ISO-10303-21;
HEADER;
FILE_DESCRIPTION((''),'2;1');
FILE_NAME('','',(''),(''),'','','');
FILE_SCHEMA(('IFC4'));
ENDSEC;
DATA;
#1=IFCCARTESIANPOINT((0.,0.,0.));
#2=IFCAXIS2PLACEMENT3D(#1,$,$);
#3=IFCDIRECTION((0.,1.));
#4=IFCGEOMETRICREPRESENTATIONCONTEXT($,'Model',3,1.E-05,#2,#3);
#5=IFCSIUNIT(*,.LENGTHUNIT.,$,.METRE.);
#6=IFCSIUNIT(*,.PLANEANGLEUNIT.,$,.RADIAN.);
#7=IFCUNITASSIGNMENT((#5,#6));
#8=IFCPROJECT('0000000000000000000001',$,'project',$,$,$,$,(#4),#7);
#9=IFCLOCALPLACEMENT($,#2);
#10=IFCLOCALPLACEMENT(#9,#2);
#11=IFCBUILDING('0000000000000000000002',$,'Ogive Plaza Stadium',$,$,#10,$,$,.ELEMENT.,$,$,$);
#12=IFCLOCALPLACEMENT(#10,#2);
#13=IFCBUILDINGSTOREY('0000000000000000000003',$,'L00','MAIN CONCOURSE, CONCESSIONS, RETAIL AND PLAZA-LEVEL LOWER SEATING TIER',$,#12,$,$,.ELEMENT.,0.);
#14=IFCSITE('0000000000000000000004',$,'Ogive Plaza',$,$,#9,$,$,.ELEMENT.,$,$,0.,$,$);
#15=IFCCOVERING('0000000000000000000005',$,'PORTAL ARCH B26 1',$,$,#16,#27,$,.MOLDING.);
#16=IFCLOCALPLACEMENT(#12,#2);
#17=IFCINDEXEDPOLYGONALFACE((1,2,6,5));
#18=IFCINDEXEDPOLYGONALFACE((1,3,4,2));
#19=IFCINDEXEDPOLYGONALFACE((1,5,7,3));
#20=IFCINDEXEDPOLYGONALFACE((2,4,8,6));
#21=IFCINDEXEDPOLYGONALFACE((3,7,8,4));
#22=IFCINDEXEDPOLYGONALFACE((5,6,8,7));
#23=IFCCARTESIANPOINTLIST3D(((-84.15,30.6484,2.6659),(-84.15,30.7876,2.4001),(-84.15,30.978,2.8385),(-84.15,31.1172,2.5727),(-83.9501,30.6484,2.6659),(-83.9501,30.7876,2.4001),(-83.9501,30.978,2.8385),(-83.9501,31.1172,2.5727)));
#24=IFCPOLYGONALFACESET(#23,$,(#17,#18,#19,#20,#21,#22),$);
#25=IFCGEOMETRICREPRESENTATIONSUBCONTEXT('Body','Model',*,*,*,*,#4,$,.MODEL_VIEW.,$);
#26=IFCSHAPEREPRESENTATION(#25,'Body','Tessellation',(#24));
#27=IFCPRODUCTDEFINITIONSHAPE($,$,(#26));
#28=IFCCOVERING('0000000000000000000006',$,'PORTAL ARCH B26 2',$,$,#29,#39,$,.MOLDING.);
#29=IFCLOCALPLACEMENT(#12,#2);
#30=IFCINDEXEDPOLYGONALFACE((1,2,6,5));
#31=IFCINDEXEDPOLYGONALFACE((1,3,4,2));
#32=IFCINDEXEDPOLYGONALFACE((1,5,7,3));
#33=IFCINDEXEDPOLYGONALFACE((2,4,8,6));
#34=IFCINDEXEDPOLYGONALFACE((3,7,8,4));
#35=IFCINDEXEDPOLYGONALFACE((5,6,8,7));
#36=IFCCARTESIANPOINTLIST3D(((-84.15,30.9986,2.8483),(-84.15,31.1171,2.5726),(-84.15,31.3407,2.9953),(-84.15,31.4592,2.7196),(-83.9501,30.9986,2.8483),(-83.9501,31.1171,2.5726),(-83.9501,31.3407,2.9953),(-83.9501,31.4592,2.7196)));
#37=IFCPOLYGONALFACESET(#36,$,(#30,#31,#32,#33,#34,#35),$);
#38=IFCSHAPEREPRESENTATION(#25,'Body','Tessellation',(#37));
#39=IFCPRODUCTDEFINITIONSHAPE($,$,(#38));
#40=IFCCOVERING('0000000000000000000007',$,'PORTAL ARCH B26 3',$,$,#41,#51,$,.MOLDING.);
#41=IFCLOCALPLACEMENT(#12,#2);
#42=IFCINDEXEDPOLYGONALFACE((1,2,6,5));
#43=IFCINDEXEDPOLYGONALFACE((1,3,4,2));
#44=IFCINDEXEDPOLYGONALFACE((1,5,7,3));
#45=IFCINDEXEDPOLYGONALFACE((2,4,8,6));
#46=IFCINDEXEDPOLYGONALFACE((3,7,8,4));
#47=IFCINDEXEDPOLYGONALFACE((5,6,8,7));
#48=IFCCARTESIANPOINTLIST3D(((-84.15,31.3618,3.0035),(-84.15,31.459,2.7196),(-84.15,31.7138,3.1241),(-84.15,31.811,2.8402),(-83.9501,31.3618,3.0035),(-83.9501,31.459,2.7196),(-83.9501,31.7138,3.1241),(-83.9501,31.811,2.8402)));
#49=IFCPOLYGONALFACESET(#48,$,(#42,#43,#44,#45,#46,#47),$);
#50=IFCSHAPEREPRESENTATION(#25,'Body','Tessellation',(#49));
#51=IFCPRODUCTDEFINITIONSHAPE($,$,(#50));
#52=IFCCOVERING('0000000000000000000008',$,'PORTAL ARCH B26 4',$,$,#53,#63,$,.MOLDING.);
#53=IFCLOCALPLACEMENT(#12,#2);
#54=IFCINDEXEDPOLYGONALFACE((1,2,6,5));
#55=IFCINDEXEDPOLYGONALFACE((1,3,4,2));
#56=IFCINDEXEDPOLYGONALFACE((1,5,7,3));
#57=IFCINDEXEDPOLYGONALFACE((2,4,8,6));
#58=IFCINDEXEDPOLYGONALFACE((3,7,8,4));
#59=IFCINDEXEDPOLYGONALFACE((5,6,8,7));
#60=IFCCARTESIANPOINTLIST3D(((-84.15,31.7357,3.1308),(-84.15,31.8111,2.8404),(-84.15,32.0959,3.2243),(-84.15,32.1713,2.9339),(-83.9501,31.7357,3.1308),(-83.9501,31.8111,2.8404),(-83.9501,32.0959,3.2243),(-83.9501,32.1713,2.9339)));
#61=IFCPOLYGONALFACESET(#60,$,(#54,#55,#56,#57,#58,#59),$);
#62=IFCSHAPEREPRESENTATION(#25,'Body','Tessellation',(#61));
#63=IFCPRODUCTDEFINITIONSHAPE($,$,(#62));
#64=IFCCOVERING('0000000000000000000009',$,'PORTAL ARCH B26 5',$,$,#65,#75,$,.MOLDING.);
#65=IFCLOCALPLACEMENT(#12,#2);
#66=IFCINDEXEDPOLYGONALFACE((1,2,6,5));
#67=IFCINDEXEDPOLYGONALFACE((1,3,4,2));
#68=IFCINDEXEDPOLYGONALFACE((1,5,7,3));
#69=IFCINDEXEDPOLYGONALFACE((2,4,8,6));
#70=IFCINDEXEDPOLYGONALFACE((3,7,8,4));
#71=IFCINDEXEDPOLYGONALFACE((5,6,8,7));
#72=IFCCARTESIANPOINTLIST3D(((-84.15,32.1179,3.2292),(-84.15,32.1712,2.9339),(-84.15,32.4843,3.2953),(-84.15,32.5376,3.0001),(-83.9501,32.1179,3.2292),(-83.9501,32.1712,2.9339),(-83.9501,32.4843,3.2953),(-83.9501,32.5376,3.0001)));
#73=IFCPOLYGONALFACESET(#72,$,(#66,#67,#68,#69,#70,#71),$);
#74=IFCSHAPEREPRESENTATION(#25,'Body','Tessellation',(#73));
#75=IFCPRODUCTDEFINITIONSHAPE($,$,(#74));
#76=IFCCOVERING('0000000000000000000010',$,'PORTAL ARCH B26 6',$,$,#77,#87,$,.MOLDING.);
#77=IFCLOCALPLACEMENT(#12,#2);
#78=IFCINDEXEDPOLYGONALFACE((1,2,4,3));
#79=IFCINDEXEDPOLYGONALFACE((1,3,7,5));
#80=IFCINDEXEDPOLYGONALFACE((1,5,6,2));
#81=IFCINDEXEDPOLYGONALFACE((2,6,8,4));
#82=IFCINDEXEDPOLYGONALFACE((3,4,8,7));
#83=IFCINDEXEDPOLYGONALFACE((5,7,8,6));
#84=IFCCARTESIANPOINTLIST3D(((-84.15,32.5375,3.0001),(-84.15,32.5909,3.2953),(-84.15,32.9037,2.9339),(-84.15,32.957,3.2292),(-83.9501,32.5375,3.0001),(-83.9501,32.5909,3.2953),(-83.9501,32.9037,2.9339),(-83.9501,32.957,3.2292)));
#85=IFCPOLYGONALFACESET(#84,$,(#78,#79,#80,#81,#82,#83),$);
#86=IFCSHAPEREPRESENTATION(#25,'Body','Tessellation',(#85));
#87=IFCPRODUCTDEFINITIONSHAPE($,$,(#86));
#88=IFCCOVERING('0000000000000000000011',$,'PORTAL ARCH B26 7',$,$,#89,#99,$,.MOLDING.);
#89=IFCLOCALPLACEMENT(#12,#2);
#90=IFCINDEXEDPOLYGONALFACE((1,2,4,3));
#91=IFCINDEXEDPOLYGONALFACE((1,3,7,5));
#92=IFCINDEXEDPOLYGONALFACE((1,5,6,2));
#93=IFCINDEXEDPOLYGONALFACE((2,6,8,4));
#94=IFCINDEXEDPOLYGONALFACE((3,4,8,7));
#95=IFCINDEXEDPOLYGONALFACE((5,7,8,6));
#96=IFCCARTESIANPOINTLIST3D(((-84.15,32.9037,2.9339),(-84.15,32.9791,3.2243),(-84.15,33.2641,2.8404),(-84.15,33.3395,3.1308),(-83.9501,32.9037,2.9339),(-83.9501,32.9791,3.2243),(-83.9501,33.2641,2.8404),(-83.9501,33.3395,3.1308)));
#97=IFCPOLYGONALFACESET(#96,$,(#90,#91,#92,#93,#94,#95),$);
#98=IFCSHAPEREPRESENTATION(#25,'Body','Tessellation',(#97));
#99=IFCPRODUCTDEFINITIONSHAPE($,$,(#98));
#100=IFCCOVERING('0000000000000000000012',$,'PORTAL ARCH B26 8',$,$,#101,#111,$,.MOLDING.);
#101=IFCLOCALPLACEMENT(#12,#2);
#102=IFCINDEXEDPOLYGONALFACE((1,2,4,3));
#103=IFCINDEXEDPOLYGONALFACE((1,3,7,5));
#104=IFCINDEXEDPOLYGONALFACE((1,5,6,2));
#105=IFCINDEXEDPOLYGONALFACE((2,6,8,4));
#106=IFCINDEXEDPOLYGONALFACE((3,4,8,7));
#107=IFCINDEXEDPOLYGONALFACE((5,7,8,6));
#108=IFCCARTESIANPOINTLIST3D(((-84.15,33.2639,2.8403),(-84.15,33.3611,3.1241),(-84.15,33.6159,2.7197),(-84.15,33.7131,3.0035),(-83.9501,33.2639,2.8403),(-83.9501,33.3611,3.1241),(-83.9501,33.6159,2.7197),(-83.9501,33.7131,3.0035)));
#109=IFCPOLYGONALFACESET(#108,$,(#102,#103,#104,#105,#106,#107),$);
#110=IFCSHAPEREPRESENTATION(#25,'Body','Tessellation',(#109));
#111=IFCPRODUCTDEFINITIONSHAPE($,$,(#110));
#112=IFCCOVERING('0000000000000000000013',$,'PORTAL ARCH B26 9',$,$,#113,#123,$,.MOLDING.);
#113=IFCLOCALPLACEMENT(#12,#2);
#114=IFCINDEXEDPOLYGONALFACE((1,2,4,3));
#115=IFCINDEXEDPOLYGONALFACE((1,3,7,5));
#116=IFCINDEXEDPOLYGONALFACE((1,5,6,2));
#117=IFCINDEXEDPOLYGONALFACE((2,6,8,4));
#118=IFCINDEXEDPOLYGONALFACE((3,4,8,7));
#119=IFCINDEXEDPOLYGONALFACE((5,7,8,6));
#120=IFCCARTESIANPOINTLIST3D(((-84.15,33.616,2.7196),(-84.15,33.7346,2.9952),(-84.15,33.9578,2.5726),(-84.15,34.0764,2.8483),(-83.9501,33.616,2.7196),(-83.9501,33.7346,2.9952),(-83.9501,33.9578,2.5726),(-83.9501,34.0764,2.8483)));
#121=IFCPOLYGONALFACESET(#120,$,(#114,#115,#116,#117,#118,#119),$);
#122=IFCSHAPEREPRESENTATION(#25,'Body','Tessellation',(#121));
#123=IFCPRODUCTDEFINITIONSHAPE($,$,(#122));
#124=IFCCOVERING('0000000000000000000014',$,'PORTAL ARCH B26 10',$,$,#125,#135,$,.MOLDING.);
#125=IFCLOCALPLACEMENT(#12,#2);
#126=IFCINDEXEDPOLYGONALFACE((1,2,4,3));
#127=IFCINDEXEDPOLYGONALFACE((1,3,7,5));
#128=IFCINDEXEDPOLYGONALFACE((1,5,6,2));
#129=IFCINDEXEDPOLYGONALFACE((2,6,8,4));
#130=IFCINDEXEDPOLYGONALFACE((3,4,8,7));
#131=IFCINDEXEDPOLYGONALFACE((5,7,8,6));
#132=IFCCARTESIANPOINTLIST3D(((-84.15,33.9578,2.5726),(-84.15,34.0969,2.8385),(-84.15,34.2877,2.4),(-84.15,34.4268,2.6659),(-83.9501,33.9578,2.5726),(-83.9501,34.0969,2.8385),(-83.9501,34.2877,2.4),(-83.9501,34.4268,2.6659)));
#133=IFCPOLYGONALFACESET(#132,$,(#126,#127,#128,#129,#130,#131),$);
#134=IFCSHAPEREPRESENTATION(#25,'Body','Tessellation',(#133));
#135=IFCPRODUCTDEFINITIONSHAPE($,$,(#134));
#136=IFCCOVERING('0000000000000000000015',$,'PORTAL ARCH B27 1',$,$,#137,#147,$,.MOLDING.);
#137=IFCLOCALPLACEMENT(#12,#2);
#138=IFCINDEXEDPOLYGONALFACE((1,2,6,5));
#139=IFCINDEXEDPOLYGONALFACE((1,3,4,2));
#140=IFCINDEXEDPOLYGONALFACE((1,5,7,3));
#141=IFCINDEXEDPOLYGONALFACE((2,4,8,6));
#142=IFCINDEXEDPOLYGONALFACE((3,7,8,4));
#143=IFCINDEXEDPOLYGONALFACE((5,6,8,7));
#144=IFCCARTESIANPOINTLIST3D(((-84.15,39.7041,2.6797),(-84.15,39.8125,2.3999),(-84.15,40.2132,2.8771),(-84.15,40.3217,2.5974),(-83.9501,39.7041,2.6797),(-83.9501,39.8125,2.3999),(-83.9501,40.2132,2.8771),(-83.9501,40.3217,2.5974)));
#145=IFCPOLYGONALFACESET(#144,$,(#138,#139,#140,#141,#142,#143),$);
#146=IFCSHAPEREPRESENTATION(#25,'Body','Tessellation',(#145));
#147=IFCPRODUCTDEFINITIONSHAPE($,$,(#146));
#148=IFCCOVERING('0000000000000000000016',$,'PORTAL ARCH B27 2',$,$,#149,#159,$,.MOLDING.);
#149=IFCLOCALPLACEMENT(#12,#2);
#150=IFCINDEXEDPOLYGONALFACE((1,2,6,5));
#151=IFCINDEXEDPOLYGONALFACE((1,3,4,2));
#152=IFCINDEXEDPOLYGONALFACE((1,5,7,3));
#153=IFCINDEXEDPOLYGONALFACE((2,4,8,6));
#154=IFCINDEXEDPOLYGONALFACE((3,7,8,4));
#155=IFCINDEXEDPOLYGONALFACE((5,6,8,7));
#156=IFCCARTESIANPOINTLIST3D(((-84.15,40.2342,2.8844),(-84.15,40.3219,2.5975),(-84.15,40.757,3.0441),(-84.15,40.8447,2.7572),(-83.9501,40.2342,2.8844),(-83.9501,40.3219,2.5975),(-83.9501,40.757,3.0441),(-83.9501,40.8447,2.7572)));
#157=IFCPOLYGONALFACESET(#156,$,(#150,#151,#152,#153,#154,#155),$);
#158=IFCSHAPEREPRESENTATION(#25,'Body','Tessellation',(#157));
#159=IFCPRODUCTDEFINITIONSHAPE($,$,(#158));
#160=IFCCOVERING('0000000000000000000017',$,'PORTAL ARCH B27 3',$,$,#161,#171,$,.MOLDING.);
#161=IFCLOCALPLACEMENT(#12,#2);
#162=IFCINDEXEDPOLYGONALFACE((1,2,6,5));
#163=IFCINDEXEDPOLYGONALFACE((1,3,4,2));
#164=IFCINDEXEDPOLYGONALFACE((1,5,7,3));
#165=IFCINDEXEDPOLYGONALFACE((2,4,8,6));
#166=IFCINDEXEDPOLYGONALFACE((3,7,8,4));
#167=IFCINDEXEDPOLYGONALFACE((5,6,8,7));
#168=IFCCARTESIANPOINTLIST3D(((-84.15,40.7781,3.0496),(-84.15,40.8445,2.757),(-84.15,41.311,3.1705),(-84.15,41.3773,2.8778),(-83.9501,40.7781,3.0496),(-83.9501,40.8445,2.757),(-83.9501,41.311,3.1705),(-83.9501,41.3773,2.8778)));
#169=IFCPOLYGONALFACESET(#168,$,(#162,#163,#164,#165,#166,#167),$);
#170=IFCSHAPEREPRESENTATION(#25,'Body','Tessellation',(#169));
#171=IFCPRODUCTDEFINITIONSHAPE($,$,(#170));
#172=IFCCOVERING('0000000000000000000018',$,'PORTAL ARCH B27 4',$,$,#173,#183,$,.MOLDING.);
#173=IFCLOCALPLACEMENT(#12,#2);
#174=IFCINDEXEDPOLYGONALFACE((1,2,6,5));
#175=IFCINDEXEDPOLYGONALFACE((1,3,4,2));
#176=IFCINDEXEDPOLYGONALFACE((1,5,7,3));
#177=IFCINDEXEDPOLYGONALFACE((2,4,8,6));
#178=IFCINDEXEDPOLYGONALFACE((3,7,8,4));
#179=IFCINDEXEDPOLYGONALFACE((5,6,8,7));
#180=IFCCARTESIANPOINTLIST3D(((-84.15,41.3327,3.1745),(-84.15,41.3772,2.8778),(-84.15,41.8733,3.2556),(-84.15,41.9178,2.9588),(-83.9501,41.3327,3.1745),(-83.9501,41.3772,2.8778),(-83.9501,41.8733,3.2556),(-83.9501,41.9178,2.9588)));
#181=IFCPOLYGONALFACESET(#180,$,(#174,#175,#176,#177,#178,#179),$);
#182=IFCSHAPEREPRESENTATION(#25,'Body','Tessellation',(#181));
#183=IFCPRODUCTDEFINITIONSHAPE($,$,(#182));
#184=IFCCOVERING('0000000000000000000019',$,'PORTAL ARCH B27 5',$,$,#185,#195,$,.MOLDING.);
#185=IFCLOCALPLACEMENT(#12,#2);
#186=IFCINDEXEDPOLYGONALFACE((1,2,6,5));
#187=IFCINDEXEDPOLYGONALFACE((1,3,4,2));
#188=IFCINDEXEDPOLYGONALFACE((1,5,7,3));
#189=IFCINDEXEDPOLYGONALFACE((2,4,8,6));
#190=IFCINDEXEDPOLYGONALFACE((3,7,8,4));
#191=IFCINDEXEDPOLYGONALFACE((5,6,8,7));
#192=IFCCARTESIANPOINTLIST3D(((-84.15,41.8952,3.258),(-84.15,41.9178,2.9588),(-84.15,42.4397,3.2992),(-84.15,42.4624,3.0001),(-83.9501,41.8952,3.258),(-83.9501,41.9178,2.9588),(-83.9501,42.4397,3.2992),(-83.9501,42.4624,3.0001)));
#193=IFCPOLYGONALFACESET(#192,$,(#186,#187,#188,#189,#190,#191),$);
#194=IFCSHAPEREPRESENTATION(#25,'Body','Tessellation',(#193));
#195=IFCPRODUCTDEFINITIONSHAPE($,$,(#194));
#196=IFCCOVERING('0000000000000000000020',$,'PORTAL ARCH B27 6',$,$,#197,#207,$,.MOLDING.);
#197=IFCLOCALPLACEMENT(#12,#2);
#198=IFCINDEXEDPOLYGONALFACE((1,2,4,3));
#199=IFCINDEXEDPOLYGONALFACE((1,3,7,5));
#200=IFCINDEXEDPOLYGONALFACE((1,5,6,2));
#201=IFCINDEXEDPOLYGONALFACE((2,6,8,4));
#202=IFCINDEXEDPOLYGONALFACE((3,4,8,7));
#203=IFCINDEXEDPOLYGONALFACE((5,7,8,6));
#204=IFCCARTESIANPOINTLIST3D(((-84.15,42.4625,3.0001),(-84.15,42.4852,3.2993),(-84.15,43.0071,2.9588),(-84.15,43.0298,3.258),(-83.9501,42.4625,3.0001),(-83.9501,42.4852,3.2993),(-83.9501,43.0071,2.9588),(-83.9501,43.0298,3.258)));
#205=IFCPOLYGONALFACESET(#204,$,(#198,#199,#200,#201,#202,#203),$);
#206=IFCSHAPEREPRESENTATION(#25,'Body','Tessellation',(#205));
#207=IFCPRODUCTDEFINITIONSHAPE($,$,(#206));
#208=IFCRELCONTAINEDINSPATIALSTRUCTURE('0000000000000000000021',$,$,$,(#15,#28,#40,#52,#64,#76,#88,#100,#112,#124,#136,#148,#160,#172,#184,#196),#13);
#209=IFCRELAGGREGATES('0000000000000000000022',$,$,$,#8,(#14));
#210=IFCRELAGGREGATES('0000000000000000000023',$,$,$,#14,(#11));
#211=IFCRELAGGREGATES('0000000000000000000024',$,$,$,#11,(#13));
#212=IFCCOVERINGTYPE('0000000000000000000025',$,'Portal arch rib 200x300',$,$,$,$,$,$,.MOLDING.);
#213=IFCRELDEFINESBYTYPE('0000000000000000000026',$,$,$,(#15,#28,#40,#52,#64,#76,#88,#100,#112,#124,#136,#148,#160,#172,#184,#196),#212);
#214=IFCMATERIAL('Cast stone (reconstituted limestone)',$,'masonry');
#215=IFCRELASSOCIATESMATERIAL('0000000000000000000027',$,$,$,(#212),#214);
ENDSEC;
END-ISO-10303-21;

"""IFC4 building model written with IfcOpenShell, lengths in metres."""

from ifc_helpers import new_model, si_unit, direction, frame, origin, origin_2d, place, context, subcontext, project, spatial, rectangle, extrude, material, material_profile, profile_set, type_object, element, save


model = new_model("IFC4")

# Units and contexts
model_context = context("Model", 3, precision=1e-05, world=origin(), true_north=direction((0.0, 1.0)))
body_context = subcontext(model_context, "Body", "Model", "MODEL_VIEW")
ifc_project = project(units=[si_unit("LENGTHUNIT", "METRE"), si_unit("PLANEANGLEUNIT", "RADIAN")], contexts=[model_context])

# Site, building, storey
site_placement = place(None, origin())
site = spatial("IfcSite", under=ifc_project, at=site_placement, Name="Ogive Plaza", CompositionType="ELEMENT", RefElevation=0.0)
building_placement = place(site_placement, origin())
building = spatial("IfcBuilding", under=site, at=building_placement, Name="Ogive Plaza Stadium", CompositionType="ELEMENT")
storey_placement = place(building_placement, origin())
storey = spatial("IfcBuildingStorey", under=building, at=storey_placement, Name="L00", Description="MAIN CONCOURSE, CONCESSIONS, RETAIL AND PLAZA-LEVEL LOWER SEATING TIER", CompositionType="ELEMENT", Elevation=0.0)

# Coverings
ifc_material = material(Name="Cast stone (reconstituted limestone)", Category="masonry")
ifc_material_profile = material_profile(ifc_material, rectangle(XDim=0.2, YDim=0.3, at=origin_2d()), Name="Cast stone 200x300")
ifc_profile_set = profile_set([ifc_material_profile], Name="Cast stone (reconstituted limestone)")
covering_type = type_object("IfcCoveringType", Name="Portal arch rib 200x300", PredefinedType="MOLDING", material=ifc_profile_set)
covering_1_placement = place(storey_placement, frame((-84.05, 30.718, 2.533), z_axis=(0.0, 0.88587, 0.463933), x_axis=(-1.0, 0.0, 0.0)))
element("IfcCovering", 1, at=covering_1_placement, inside=storey, type_object=covering_type, Name="PORTAL ARCH B26 1", PredefinedType="MOLDING", context=body_context, shape_type="SweptSolid", body=[
    extrude(rectangle(XDim=0.2, YDim=0.3, at=origin_2d()), origin(), (0.0, 0.0, 1.0), 0.3721),
])
covering_2_placement = place(storey_placement, frame((-84.05, 31.0579, 2.7104), z_axis=(0.0, 0.918771, 0.39479), x_axis=(-1.0, 0.0, 0.0)))
element("IfcCovering", 2, at=covering_2_placement, inside=storey, type_object=covering_type, Name="PORTAL ARCH B26 2", PredefinedType="MOLDING", context=body_context, shape_type="SweptSolid", body=[
    extrude(rectangle(XDim=0.2, YDim=0.3, at=origin_2d()), origin(), (0.0, 0.0, 1.0), 0.3723),
])
for number, where, z_axis, x_axis, name in (
    (3, (-84.05, 31.4104, 2.8616), (0.0, 0.946026, 0.324089), (-1.0, 0.0, 0.0), "PORTAL ARCH B26 3"),
    (4, (-84.05, 31.7734, 2.9856), (0.0, 0.967902, 0.251327), (-1.0, 0.0, 0.0), "PORTAL ARCH B26 4"),
):
    element("IfcCovering", number, at=place(storey_placement, frame(where, z_axis=z_axis, x_axis=x_axis)), inside=storey, type_object=covering_type, Name=name, PredefinedType="MOLDING", context=body_context, shape_type="SweptSolid", body=[
        extrude(rectangle(XDim=0.2, YDim=0.3, at=origin_2d()), origin(), (0.0, 0.0, 1.0), 0.3721),
    ])
covering_3_placement = place(storey_placement, frame((-84.05, 32.1445, 3.0815), z_axis=(0.0, 0.984089, 0.177674), x_axis=(-1.0, 0.0, 0.0)))
element("IfcCovering", 5, at=covering_3_placement, inside=storey, type_object=covering_type, Name="PORTAL ARCH B26 5", PredefinedType="MOLDING", context=body_context, shape_type="SweptSolid", body=[
    extrude(rectangle(XDim=0.2, YDim=0.3, at=origin_2d()), origin(), (0.0, 0.0, 1.0), 0.3723),
])
covering_4_placement = place(storey_placement, frame((-84.05, 32.5642, 3.1477), z_axis=(0.0, 0.984069, -0.177788), x_axis=(-1.0, 0.0, 0.0)))
element("IfcCovering", 6, at=covering_4_placement, inside=storey, type_object=covering_type, Name="PORTAL ARCH B26 6", PredefinedType="MOLDING", context=body_context, shape_type="SweptSolid", body=[
    extrude(rectangle(XDim=0.2, YDim=0.3, at=origin_2d()), origin(), (0.0, 0.0, 1.0), 0.3721),
])
covering_5_placement = place(storey_placement, frame((-84.05, 32.9414, 3.0791), z_axis=(0.0, 0.967944, -0.251167), x_axis=(-1.0, 0.0, 0.0)))
element("IfcCovering", 7, at=covering_5_placement, inside=storey, type_object=covering_type, Name="PORTAL ARCH B26 7", PredefinedType="MOLDING", context=body_context, shape_type="SweptSolid", body=[
    extrude(rectangle(XDim=0.2, YDim=0.3, at=origin_2d()), origin(), (0.0, 0.0, 1.0), 0.3723),
])
for number, where, z_axis, x_axis, name in (
    (8, (-84.05, 33.3125, 2.9822), (0.0, 0.946026, -0.324089), (-1.0, 0.0, 0.0), "PORTAL ARCH B26 8"),
    (9, (-84.05, 33.6753, 2.8574), (0.0, 0.918669, -0.395028), (-1.0, 0.0, 0.0), "PORTAL ARCH B26 9"),
):
    element("IfcCovering", number, at=place(storey_placement, frame(where, z_axis=z_axis, x_axis=x_axis)), inside=storey, type_object=covering_type, Name=name, PredefinedType="MOLDING", context=body_context, shape_type="SweptSolid", body=[
        extrude(rectangle(XDim=0.2, YDim=0.3, at=origin_2d()), origin(), (0.0, 0.0, 1.0), 0.3721),
    ])
covering_6_placement = place(storey_placement, frame((-84.05, 34.0273, 2.7056), z_axis=(0.0, 0.886011, -0.463664), x_axis=(-1.0, 0.0, 0.0)))
element("IfcCovering", 10, at=covering_6_placement, inside=storey, type_object=covering_type, Name="PORTAL ARCH B26 10", PredefinedType="MOLDING", context=body_context, shape_type="SweptSolid", body=[
    extrude(rectangle(XDim=0.2, YDim=0.3, at=origin_2d()), origin(), (0.0, 0.0, 1.0), 0.3723),
])
covering_7_placement = place(storey_placement, frame((-84.05, 39.7583, 2.5398), z_axis=(0.0, 0.93234, 0.361583), x_axis=(-1.0, 0.0, 0.0)))
element("IfcCovering", 11, at=covering_7_placement, inside=storey, type_object=covering_type, Name="PORTAL ARCH B27 1", PredefinedType="MOLDING", context=body_context, shape_type="SweptSolid", body=[
    extrude(rectangle(XDim=0.2, YDim=0.3, at=origin_2d()), origin(), (0.0, 0.0, 1.0), 0.5461),
])
covering_8_placement = place(storey_placement, frame((-84.05, 40.2781, 2.741), z_axis=(0.0, 0.956376, 0.292139), x_axis=(-1.0, 0.0, 0.0)))
element("IfcCovering", 12, at=covering_8_placement, inside=storey, type_object=covering_type, Name="PORTAL ARCH B27 2", PredefinedType="MOLDING", context=body_context, shape_type="SweptSolid", body=[
    extrude(rectangle(XDim=0.2, YDim=0.3, at=origin_2d()), origin(), (0.0, 0.0, 1.0), 0.5466),
])
covering_9_placement = place(storey_placement, frame((-84.05, 40.8113, 2.9033), z_axis=(0.0, 0.975242, 0.221138), x_axis=(-1.0, 0.0, 0.0)))
element("IfcCovering", 13, at=covering_9_placement, inside=storey, type_object=covering_type, Name="PORTAL ARCH B27 3", PredefinedType="MOLDING", context=body_context, shape_type="SweptSolid", body=[
    extrude(rectangle(XDim=0.2, YDim=0.3, at=origin_2d()), origin(), (0.0, 0.0, 1.0), 0.5464),
])
covering_10_placement = place(storey_placement, frame((-84.05, 41.355, 3.0261), z_axis=(0.0, 0.988943, 0.148297), x_axis=(-1.0, 0.0, 0.0)))
element("IfcCovering", 14, at=covering_10_placement, inside=storey, type_object=covering_type, Name="PORTAL ARCH B27 4", PredefinedType="MOLDING", context=body_context, shape_type="SweptSolid", body=[
    extrude(rectangle(XDim=0.2, YDim=0.3, at=origin_2d()), origin(), (0.0, 0.0, 1.0), 0.5466),
])
for number, where, z_axis, x_axis, name in (
    (15, (-84.05, 41.9065, 3.1084), (0.0, 0.997143, 0.075534), (-1.0, 0.0, 0.0), "PORTAL ARCH B27 5"),
    (16, (-84.05, 42.4739, 3.1497), (0.0, 0.997143, -0.075534), (-1.0, 0.0, 0.0), "PORTAL ARCH B27 6"),
):
    element("IfcCovering", number, at=place(storey_placement, frame(where, z_axis=z_axis, x_axis=x_axis)), inside=storey, type_object=covering_type, Name=name, PredefinedType="MOLDING", context=body_context, shape_type="SweptSolid", body=[
        extrude(rectangle(XDim=0.2, YDim=0.3, at=origin_2d()), origin(), (0.0, 0.0, 1.0), 0.5461),
    ])

save(model, "model.ifc")
